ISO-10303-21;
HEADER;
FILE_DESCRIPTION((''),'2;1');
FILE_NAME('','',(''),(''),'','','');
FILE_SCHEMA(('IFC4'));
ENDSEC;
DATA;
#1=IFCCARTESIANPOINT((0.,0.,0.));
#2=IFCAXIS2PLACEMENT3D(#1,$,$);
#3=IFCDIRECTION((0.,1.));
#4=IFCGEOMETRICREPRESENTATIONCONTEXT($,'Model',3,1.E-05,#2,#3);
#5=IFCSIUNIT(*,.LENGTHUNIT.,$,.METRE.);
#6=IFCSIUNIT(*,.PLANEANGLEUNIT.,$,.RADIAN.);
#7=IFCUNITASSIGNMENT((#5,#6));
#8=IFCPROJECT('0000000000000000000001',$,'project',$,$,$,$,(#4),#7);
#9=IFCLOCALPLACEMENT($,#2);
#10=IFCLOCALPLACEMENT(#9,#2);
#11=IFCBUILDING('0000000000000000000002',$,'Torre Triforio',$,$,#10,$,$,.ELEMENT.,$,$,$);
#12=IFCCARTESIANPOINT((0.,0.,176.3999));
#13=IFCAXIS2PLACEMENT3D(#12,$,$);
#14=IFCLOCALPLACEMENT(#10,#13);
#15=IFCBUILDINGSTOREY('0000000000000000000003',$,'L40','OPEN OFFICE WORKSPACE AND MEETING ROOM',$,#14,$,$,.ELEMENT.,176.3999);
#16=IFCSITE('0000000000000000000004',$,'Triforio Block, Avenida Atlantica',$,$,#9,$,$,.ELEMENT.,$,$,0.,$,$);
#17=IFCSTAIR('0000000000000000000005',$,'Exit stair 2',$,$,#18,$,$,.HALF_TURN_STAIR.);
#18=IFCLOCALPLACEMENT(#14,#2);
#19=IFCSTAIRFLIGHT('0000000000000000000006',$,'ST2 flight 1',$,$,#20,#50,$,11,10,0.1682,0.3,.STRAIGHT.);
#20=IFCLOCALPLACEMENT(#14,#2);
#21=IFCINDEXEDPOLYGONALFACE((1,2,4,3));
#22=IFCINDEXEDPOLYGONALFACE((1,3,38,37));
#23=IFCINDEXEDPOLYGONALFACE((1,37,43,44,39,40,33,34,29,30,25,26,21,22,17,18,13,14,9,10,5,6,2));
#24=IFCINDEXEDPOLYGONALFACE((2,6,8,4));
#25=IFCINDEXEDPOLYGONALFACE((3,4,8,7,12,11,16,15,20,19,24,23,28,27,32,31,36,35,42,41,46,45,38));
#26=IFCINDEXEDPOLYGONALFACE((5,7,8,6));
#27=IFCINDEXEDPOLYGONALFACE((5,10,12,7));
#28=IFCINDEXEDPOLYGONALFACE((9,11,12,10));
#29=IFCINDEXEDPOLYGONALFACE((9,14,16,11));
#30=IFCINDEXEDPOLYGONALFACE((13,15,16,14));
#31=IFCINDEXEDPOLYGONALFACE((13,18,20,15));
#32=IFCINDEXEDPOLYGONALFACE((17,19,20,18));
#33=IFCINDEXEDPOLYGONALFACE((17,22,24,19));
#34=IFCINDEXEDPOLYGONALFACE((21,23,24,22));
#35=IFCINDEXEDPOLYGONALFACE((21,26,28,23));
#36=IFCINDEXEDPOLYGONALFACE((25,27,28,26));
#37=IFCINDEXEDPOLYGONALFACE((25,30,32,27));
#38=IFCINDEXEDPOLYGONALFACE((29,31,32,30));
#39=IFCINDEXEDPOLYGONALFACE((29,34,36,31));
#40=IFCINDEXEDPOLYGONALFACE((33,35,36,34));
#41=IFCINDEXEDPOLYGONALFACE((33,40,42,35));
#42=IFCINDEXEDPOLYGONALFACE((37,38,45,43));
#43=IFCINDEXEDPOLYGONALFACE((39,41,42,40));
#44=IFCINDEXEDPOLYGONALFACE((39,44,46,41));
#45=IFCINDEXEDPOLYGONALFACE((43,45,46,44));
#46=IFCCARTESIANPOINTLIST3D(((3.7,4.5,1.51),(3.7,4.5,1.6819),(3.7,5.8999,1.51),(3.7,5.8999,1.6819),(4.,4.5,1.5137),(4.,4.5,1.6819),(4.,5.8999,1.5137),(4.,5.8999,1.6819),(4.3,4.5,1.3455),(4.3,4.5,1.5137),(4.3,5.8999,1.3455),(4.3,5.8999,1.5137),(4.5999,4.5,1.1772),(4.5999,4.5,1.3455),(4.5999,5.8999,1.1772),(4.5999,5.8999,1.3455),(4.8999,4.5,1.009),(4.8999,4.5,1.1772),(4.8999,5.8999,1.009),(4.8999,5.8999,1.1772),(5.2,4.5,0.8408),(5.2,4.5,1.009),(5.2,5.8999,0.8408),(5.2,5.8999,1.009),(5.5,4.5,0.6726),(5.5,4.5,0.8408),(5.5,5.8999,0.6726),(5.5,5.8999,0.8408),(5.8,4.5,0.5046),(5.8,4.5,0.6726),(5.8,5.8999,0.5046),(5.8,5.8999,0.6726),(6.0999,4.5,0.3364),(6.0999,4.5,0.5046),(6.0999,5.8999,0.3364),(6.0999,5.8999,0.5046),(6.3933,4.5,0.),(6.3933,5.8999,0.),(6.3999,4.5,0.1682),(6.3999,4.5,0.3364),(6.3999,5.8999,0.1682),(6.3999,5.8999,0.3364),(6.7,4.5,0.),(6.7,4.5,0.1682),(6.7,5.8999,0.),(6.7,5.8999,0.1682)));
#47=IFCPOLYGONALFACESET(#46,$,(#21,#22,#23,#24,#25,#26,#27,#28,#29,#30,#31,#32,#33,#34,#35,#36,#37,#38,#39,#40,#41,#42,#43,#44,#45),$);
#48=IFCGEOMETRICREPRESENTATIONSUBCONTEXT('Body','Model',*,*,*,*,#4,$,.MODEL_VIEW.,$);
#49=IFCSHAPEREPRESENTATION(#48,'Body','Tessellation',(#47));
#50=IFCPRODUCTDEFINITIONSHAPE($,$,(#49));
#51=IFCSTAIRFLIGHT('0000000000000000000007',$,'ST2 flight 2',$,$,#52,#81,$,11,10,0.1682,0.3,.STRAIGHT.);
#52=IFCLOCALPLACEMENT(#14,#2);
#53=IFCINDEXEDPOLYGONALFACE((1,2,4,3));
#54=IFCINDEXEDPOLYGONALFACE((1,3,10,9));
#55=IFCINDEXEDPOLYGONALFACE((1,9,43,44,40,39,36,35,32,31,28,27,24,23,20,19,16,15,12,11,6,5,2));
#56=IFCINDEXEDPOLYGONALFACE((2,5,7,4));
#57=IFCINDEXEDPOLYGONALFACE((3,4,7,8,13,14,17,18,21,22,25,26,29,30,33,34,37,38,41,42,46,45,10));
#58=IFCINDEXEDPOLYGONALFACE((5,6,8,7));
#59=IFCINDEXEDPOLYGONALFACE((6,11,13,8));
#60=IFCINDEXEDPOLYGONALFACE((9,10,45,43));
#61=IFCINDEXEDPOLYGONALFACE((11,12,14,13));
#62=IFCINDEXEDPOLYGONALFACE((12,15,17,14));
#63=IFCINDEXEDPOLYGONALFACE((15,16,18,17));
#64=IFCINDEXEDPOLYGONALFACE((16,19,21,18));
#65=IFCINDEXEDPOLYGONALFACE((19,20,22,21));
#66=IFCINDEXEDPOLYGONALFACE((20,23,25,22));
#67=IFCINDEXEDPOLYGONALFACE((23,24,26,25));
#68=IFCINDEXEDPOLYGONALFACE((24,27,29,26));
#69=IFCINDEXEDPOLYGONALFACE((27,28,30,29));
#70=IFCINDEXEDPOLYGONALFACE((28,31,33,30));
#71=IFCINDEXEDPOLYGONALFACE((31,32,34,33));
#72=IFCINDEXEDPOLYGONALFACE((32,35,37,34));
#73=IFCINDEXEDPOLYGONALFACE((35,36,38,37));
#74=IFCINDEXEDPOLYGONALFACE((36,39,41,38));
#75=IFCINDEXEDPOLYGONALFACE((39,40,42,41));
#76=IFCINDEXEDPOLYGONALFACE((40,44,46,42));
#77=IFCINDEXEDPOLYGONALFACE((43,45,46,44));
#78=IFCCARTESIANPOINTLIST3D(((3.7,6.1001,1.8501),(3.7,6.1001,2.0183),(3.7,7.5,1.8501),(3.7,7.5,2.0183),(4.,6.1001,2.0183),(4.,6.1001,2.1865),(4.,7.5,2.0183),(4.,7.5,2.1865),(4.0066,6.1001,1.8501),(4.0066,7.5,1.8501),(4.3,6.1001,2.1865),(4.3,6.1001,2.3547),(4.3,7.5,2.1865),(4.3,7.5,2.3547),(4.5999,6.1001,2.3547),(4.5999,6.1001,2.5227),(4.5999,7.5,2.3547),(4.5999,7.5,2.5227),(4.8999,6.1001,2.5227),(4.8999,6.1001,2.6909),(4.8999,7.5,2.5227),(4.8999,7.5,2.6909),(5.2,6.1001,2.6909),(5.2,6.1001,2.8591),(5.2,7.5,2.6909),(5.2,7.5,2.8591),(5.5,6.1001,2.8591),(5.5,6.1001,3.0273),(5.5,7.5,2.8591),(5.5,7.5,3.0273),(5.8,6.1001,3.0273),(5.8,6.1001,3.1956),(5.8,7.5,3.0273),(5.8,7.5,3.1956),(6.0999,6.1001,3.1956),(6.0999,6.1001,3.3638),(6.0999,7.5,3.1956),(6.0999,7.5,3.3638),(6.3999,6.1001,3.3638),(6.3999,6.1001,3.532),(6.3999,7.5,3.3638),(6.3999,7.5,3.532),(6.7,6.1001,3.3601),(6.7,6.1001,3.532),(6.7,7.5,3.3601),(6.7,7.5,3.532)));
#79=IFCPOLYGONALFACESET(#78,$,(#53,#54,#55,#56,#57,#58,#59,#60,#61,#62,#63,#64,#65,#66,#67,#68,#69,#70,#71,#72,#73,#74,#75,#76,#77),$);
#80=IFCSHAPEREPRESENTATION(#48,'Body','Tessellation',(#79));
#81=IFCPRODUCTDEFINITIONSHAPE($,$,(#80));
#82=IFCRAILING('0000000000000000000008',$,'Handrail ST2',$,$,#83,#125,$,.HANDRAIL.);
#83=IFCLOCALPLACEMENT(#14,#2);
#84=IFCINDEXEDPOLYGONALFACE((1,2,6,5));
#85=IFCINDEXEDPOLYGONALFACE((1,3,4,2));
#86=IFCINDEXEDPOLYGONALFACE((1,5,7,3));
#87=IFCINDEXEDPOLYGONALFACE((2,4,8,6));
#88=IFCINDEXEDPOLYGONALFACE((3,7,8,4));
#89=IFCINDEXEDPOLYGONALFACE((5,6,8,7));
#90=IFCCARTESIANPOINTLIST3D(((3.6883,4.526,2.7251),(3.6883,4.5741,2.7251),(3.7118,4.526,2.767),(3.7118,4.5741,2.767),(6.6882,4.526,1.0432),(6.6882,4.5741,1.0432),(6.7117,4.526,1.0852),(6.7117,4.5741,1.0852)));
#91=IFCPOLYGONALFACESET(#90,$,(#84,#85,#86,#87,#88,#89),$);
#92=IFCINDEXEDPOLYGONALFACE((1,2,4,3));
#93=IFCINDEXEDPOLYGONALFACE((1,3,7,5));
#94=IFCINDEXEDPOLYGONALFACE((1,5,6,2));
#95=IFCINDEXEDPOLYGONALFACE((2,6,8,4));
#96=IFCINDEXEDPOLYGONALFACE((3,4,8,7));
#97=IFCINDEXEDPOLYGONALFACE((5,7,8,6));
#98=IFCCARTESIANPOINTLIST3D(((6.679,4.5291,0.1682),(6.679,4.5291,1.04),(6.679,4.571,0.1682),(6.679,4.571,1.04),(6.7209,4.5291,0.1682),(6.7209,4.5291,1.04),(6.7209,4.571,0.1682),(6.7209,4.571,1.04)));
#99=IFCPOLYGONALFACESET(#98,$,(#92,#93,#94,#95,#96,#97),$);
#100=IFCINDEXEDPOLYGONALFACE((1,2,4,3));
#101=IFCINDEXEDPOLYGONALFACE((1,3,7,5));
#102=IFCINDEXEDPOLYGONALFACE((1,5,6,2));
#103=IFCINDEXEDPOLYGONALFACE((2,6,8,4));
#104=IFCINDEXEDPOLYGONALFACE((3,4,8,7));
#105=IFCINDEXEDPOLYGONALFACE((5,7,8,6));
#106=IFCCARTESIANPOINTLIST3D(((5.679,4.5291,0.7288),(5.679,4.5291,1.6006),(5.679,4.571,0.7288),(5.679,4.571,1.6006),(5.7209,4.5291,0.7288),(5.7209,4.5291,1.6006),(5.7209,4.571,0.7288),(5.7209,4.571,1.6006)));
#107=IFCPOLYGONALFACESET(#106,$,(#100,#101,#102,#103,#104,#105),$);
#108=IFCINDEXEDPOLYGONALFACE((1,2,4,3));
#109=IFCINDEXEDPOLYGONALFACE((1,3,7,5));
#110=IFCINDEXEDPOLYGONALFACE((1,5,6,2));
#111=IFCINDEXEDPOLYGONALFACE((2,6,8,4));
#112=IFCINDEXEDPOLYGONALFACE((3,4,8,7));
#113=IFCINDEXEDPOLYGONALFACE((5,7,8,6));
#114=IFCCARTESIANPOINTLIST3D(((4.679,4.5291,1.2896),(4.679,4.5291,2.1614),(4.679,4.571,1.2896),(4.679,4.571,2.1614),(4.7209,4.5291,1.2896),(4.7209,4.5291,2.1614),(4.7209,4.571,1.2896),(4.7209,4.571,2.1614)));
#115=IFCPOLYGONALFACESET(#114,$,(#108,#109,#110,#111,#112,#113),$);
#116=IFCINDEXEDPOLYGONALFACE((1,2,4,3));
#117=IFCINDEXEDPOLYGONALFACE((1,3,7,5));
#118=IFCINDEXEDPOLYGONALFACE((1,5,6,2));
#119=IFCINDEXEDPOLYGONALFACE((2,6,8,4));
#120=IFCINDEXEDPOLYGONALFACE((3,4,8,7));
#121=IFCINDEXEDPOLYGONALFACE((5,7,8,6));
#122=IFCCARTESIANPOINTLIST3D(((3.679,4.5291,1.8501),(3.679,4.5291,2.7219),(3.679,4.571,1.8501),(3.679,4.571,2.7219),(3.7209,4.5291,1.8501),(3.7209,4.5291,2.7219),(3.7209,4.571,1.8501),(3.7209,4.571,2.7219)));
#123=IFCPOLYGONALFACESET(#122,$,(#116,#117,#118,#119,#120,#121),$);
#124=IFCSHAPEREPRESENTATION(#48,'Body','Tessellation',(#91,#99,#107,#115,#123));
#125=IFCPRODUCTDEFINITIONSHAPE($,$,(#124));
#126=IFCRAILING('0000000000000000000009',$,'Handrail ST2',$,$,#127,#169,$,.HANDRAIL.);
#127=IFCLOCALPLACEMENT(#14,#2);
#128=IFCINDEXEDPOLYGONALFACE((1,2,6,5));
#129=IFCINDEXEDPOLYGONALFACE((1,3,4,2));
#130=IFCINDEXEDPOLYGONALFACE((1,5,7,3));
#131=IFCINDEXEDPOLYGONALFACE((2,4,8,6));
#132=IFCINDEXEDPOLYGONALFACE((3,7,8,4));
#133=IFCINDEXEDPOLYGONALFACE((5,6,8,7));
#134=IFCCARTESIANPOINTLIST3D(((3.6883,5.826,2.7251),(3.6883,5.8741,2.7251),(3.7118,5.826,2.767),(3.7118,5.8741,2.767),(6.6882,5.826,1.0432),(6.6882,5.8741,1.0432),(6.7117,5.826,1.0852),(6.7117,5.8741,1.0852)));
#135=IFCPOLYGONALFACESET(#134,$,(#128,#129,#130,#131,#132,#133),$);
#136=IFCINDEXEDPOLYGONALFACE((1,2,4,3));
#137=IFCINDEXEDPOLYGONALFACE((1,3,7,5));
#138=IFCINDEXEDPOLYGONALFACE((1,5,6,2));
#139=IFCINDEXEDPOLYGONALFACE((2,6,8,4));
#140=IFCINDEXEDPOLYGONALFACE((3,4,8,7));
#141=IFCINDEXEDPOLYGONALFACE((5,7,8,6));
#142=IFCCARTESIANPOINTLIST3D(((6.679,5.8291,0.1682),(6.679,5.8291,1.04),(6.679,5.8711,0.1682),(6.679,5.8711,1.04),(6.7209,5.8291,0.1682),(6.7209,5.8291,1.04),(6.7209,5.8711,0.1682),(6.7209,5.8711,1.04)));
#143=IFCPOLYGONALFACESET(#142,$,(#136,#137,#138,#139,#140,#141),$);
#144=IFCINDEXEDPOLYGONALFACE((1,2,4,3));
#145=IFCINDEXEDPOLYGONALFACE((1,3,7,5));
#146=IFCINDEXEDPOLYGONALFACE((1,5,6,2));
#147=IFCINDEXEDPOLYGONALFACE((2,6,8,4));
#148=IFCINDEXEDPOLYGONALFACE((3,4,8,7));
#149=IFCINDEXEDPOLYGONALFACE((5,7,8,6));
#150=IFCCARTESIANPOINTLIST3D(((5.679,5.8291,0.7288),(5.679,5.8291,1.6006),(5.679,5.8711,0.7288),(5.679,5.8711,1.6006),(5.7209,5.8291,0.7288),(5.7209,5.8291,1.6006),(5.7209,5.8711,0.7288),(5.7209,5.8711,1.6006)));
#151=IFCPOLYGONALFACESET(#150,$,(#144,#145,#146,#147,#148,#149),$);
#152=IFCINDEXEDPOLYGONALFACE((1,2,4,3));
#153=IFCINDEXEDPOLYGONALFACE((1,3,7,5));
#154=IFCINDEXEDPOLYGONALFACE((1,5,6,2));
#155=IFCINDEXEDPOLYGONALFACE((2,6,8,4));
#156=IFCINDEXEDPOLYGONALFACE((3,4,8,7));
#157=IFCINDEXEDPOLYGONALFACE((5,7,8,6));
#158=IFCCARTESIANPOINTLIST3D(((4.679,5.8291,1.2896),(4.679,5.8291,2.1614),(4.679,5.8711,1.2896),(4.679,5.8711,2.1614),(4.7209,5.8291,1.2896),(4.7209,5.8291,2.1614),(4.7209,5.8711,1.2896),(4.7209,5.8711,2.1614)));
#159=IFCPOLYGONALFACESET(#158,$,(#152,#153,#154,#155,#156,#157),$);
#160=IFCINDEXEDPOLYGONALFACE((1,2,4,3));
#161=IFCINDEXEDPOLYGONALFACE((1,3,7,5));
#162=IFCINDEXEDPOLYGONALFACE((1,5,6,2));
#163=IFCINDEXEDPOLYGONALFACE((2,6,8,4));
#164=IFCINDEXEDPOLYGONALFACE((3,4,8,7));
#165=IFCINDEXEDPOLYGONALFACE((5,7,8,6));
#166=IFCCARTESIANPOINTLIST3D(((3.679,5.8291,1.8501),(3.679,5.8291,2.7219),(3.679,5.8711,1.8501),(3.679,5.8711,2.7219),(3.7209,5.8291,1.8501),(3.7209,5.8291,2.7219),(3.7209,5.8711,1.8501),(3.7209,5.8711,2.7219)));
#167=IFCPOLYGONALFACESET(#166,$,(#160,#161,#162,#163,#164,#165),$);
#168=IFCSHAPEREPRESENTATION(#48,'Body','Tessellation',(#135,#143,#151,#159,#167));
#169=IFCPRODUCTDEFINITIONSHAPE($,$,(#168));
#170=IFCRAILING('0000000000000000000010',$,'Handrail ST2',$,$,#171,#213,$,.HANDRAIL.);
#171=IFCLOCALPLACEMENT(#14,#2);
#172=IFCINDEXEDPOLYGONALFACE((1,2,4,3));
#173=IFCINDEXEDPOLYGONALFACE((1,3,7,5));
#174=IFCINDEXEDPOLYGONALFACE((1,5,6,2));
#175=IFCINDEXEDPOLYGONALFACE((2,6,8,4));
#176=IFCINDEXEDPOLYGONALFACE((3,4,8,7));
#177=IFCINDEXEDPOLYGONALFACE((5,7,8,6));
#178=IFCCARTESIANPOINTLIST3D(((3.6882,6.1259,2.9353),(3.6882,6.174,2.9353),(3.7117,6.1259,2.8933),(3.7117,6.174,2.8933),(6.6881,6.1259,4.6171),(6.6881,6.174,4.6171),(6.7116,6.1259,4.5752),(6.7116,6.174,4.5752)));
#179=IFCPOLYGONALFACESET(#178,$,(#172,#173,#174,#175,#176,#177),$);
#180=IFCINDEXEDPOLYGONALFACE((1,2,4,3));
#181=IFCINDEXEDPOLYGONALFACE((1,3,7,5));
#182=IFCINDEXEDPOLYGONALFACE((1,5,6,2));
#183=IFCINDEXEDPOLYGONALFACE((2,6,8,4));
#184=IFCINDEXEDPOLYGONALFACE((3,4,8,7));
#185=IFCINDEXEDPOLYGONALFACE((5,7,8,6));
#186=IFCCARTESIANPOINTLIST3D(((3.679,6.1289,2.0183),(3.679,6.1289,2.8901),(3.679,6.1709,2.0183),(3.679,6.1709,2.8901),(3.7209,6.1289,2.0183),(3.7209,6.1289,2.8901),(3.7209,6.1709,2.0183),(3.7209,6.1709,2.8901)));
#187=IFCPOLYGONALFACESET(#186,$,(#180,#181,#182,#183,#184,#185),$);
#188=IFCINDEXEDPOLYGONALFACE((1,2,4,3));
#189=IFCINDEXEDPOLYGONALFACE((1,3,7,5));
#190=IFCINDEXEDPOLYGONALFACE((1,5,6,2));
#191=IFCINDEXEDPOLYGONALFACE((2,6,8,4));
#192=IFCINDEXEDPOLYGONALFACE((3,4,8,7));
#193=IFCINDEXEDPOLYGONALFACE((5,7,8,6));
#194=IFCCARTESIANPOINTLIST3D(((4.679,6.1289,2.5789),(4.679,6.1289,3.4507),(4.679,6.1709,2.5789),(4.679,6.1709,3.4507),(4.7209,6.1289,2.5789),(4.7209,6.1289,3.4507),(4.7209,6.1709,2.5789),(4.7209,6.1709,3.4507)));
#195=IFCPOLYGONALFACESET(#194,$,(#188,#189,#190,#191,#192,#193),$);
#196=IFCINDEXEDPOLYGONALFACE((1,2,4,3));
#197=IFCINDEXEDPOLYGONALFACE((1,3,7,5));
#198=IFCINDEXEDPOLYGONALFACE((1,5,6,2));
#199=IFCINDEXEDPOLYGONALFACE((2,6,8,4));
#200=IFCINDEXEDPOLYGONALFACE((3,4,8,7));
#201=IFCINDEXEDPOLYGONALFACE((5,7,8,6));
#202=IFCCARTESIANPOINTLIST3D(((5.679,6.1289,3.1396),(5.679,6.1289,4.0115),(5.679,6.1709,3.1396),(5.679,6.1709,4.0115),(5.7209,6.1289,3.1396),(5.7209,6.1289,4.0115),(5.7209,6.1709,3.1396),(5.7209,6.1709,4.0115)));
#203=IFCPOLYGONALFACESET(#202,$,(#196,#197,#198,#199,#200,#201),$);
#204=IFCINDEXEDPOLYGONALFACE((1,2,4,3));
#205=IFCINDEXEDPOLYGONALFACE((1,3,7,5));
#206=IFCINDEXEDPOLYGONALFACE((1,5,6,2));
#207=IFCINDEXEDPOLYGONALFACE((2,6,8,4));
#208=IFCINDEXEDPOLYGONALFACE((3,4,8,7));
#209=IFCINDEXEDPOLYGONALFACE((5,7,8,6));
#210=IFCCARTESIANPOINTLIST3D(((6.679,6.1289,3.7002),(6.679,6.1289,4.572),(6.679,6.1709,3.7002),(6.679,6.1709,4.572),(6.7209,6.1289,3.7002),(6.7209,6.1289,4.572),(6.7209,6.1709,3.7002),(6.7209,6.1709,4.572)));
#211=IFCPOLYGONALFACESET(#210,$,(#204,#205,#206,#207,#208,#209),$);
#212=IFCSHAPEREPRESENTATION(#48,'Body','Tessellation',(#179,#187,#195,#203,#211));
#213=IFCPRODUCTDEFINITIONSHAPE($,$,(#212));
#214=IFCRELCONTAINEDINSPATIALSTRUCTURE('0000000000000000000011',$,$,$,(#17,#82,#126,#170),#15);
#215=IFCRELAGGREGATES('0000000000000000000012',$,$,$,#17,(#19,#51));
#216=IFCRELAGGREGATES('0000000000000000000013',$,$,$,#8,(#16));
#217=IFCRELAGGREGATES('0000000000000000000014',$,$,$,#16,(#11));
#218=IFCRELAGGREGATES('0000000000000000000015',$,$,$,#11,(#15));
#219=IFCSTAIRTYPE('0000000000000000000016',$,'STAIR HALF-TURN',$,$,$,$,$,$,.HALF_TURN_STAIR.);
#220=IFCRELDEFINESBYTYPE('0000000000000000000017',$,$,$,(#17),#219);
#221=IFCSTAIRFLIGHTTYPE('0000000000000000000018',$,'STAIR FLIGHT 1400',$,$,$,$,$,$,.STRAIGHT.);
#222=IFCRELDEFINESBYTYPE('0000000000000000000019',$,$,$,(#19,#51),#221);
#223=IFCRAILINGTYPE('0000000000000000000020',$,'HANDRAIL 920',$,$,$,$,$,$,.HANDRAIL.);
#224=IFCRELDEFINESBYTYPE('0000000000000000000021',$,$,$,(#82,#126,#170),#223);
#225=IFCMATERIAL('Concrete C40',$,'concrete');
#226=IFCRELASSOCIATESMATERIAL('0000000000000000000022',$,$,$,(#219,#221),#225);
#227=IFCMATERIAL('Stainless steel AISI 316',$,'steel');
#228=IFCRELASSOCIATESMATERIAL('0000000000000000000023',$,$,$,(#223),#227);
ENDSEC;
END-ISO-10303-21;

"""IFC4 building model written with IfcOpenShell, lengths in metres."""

from ifc_helpers import new_model, si_unit, direction, frame, origin, origin_2d, place, context, subcontext, project, spatial, polyline, rectangle, outline, extrude, material, type_object, element, aggregate, save


model = new_model("IFC4")

# Units and contexts
model_context = context("Model", 3, precision=1e-05, world=origin(), true_north=direction((0.0, 1.0)))
body_context = subcontext(model_context, "Body", "Model", "MODEL_VIEW")
ifc_project = project(units=[si_unit("LENGTHUNIT", "METRE"), si_unit("PLANEANGLEUNIT", "RADIAN")], contexts=[model_context])

# Site, building, storey
site_placement = place(None, origin())
site = spatial("IfcSite", under=ifc_project, at=site_placement, Name="Triforio Block, Avenida Atlantica", CompositionType="ELEMENT", RefElevation=0.0)
building_placement = place(site_placement, origin())
building = spatial("IfcBuilding", under=site, at=building_placement, Name="Torre Triforio", CompositionType="ELEMENT")
storey_placement = place(building_placement, frame((0.0, 0.0, 176.3999)))
storey = spatial("IfcBuildingStorey", under=building, at=storey_placement, Name="L40", Description="OPEN OFFICE WORKSPACE AND MEETING ROOM", CompositionType="ELEMENT", Elevation=176.3999)

# Stair
ifc_material_1 = material(Name="Concrete C40", Category="concrete")
stair_type = type_object("IfcStairType", Name="STAIR HALF-TURN", PredefinedType="HALF_TURN_STAIR", material=ifc_material_1)
stair_1_placement = place(storey_placement, origin())
stair_1 = element("IfcStair", 1, at=stair_1_placement, inside=storey, type_object=stair_type, Name="Exit stair 2", PredefinedType="HALF_TURN_STAIR")

# Stair flights
stair_flight_type = type_object("IfcStairFlightType", Name="STAIR FLIGHT 1400", PredefinedType="STRAIGHT", material=ifc_material_1)
stair_flight_1_placement = place(storey_placement, frame((6.7, 5.2, 0.0), z_axis=(0.0, 0.0, 1.0), x_axis=(-1.0, 0.0, 0.0)))
stair_flight_1 = element("IfcStairFlight", 2, at=stair_flight_1_placement, type_object=stair_flight_type, Name="ST2 flight 1", NumberOfRisers=11, NumberOfTreads=10, PredefinedType="STRAIGHT", RiserHeight=0.1682, TreadLength=0.3, context=body_context, shape_type="SweptSolid", body=[
    extrude(outline(polyline([(0.0, 0.0), (0.0, 0.1682), (0.3, 0.1682), (0.3, 0.3364), (0.6001, 0.3364), (0.6001, 0.5046), (0.8999, 0.5046), (0.8999, 0.6726), (1.2, 0.6726), (1.2, 0.8408), (1.5, 0.8408), (1.5, 1.009), (1.8, 1.009), (1.8, 1.1772), (2.1001, 1.1772), (2.1001, 1.3455), (2.3999, 1.3455), (2.3999, 1.5137), (2.7, 1.5137), (2.7, 1.6819), (3.0, 1.6819), (3.0, 1.8501), (3.0, 1.51), (0.3066, 0.0), (0.0, 0.0)])), frame((0.0, 0.7, 0.0), z_axis=(0.0, -1.0, 0.0), x_axis=(1.0, 0.0, 0.0)), (0.0, 0.0, 1.0), 1.3999),
])
stair_flight_2_placement = place(storey_placement, frame((3.7, 6.8, 1.8501), z_axis=(0.0, 0.0, 1.0), x_axis=(1.0, 0.0, 0.0)))
stair_flight_2 = element("IfcStairFlight", 3, at=stair_flight_2_placement, type_object=stair_flight_type, Name="ST2 flight 2", NumberOfRisers=11, NumberOfTreads=10, PredefinedType="STRAIGHT", RiserHeight=0.1682, TreadLength=0.3, context=body_context, shape_type="SweptSolid", body=[
    extrude(outline(polyline([(0.0, 0.0), (0.0, 0.1682), (0.3, 0.1682), (0.3, 0.3364), (0.6001, 0.3364), (0.6001, 0.5046), (0.8999, 0.5046), (0.8999, 0.6726), (1.2, 0.6726), (1.2, 0.8408), (1.5, 0.8408), (1.5, 1.009), (1.8, 1.009), (1.8, 1.1772), (2.1001, 1.1772), (2.1001, 1.3455), (2.3999, 1.3455), (2.3999, 1.5137), (2.7, 1.5137), (2.7, 1.6819), (3.0, 1.6819), (3.0, 1.8501), (3.0, 1.51), (0.3066, 0.0), (0.0, 0.0)])), frame((0.0, 0.7, 0.0), z_axis=(0.0, -1.0, 0.0), x_axis=(1.0, 0.0, 0.0)), (0.0, 0.0, 1.0), 1.3999),
])
aggregate(stair_1, [stair_flight_1, stair_flight_2])

# Railings
ifc_material_2 = material(Name="Stainless steel AISI 316", Category="steel")
railing_type = type_object("IfcRailingType", Name="HANDRAIL 920", PredefinedType="HANDRAIL", material=ifc_material_2)
for number, where, name in (
    (4, (6.7, 4.55, 0.1682), "Handrail ST2"),
    (5, (6.7, 5.8501, 0.1682), "Handrail ST2"),
):
    element("IfcRailing", number, at=place(storey_placement, frame(where)), inside=storey, type_object=railing_type, Name=name, PredefinedType="HANDRAIL", context=body_context, shape_type="SweptSolid", body=[
        extrude(rectangle(XDim=0.0481, YDim=0.0481, at=origin_2d()), frame((0.0, 0.0, 0.896), z_axis=(-0.872272, 0.0, 0.48902), x_axis=(0.0, -1.0, 0.0)), (0.0, 0.0, 1.0), 3.4392),
        extrude(rectangle(XDim=0.042, YDim=0.042, at=origin_2d()), origin(), (0.0, 0.0, 1.0), 0.8718),
        extrude(rectangle(XDim=0.042, YDim=0.042, at=origin_2d()), frame((-1.0, 0.0, 0.5605)), (0.0, 0.0, 1.0), 0.8718),
        extrude(rectangle(XDim=0.042, YDim=0.042, at=origin_2d()), frame((-2.0, 0.0, 1.1213)), (0.0, 0.0, 1.0), 0.8718),
        extrude(rectangle(XDim=0.042, YDim=0.042, at=origin_2d()), frame((-3.0, 0.0, 1.6819)), (0.0, 0.0, 1.0), 0.8718),
    ])
railing_placement = place(storey_placement, frame((3.7, 6.1499, 2.0183)))
element("IfcRailing", 6, at=railing_placement, inside=storey, type_object=railing_type, Name="Handrail ST2", PredefinedType="HANDRAIL", context=body_context, shape_type="SweptSolid", body=[
    extrude(rectangle(XDim=0.0481, YDim=0.0481, at=origin_2d()), frame((0.0, 0.0, 0.896), z_axis=(0.872272, 0.0, 0.48902), x_axis=(0.0, 1.0, 0.0)), (0.0, 0.0, 1.0), 3.4392),
    extrude(rectangle(XDim=0.042, YDim=0.042, at=origin_2d()), origin(), (0.0, 0.0, 1.0), 0.8718),
    extrude(rectangle(XDim=0.042, YDim=0.042, at=origin_2d()), frame((1.0, 0.0, 0.5605)), (0.0, 0.0, 1.0), 0.8718),
    extrude(rectangle(XDim=0.042, YDim=0.042, at=origin_2d()), frame((2.0, 0.0, 1.1213)), (0.0, 0.0, 1.0), 0.8718),
    extrude(rectangle(XDim=0.042, YDim=0.042, at=origin_2d()), frame((3.0, 0.0, 1.6819)), (0.0, 0.0, 1.0), 0.8718),
])

save(model, "model.ifc")
